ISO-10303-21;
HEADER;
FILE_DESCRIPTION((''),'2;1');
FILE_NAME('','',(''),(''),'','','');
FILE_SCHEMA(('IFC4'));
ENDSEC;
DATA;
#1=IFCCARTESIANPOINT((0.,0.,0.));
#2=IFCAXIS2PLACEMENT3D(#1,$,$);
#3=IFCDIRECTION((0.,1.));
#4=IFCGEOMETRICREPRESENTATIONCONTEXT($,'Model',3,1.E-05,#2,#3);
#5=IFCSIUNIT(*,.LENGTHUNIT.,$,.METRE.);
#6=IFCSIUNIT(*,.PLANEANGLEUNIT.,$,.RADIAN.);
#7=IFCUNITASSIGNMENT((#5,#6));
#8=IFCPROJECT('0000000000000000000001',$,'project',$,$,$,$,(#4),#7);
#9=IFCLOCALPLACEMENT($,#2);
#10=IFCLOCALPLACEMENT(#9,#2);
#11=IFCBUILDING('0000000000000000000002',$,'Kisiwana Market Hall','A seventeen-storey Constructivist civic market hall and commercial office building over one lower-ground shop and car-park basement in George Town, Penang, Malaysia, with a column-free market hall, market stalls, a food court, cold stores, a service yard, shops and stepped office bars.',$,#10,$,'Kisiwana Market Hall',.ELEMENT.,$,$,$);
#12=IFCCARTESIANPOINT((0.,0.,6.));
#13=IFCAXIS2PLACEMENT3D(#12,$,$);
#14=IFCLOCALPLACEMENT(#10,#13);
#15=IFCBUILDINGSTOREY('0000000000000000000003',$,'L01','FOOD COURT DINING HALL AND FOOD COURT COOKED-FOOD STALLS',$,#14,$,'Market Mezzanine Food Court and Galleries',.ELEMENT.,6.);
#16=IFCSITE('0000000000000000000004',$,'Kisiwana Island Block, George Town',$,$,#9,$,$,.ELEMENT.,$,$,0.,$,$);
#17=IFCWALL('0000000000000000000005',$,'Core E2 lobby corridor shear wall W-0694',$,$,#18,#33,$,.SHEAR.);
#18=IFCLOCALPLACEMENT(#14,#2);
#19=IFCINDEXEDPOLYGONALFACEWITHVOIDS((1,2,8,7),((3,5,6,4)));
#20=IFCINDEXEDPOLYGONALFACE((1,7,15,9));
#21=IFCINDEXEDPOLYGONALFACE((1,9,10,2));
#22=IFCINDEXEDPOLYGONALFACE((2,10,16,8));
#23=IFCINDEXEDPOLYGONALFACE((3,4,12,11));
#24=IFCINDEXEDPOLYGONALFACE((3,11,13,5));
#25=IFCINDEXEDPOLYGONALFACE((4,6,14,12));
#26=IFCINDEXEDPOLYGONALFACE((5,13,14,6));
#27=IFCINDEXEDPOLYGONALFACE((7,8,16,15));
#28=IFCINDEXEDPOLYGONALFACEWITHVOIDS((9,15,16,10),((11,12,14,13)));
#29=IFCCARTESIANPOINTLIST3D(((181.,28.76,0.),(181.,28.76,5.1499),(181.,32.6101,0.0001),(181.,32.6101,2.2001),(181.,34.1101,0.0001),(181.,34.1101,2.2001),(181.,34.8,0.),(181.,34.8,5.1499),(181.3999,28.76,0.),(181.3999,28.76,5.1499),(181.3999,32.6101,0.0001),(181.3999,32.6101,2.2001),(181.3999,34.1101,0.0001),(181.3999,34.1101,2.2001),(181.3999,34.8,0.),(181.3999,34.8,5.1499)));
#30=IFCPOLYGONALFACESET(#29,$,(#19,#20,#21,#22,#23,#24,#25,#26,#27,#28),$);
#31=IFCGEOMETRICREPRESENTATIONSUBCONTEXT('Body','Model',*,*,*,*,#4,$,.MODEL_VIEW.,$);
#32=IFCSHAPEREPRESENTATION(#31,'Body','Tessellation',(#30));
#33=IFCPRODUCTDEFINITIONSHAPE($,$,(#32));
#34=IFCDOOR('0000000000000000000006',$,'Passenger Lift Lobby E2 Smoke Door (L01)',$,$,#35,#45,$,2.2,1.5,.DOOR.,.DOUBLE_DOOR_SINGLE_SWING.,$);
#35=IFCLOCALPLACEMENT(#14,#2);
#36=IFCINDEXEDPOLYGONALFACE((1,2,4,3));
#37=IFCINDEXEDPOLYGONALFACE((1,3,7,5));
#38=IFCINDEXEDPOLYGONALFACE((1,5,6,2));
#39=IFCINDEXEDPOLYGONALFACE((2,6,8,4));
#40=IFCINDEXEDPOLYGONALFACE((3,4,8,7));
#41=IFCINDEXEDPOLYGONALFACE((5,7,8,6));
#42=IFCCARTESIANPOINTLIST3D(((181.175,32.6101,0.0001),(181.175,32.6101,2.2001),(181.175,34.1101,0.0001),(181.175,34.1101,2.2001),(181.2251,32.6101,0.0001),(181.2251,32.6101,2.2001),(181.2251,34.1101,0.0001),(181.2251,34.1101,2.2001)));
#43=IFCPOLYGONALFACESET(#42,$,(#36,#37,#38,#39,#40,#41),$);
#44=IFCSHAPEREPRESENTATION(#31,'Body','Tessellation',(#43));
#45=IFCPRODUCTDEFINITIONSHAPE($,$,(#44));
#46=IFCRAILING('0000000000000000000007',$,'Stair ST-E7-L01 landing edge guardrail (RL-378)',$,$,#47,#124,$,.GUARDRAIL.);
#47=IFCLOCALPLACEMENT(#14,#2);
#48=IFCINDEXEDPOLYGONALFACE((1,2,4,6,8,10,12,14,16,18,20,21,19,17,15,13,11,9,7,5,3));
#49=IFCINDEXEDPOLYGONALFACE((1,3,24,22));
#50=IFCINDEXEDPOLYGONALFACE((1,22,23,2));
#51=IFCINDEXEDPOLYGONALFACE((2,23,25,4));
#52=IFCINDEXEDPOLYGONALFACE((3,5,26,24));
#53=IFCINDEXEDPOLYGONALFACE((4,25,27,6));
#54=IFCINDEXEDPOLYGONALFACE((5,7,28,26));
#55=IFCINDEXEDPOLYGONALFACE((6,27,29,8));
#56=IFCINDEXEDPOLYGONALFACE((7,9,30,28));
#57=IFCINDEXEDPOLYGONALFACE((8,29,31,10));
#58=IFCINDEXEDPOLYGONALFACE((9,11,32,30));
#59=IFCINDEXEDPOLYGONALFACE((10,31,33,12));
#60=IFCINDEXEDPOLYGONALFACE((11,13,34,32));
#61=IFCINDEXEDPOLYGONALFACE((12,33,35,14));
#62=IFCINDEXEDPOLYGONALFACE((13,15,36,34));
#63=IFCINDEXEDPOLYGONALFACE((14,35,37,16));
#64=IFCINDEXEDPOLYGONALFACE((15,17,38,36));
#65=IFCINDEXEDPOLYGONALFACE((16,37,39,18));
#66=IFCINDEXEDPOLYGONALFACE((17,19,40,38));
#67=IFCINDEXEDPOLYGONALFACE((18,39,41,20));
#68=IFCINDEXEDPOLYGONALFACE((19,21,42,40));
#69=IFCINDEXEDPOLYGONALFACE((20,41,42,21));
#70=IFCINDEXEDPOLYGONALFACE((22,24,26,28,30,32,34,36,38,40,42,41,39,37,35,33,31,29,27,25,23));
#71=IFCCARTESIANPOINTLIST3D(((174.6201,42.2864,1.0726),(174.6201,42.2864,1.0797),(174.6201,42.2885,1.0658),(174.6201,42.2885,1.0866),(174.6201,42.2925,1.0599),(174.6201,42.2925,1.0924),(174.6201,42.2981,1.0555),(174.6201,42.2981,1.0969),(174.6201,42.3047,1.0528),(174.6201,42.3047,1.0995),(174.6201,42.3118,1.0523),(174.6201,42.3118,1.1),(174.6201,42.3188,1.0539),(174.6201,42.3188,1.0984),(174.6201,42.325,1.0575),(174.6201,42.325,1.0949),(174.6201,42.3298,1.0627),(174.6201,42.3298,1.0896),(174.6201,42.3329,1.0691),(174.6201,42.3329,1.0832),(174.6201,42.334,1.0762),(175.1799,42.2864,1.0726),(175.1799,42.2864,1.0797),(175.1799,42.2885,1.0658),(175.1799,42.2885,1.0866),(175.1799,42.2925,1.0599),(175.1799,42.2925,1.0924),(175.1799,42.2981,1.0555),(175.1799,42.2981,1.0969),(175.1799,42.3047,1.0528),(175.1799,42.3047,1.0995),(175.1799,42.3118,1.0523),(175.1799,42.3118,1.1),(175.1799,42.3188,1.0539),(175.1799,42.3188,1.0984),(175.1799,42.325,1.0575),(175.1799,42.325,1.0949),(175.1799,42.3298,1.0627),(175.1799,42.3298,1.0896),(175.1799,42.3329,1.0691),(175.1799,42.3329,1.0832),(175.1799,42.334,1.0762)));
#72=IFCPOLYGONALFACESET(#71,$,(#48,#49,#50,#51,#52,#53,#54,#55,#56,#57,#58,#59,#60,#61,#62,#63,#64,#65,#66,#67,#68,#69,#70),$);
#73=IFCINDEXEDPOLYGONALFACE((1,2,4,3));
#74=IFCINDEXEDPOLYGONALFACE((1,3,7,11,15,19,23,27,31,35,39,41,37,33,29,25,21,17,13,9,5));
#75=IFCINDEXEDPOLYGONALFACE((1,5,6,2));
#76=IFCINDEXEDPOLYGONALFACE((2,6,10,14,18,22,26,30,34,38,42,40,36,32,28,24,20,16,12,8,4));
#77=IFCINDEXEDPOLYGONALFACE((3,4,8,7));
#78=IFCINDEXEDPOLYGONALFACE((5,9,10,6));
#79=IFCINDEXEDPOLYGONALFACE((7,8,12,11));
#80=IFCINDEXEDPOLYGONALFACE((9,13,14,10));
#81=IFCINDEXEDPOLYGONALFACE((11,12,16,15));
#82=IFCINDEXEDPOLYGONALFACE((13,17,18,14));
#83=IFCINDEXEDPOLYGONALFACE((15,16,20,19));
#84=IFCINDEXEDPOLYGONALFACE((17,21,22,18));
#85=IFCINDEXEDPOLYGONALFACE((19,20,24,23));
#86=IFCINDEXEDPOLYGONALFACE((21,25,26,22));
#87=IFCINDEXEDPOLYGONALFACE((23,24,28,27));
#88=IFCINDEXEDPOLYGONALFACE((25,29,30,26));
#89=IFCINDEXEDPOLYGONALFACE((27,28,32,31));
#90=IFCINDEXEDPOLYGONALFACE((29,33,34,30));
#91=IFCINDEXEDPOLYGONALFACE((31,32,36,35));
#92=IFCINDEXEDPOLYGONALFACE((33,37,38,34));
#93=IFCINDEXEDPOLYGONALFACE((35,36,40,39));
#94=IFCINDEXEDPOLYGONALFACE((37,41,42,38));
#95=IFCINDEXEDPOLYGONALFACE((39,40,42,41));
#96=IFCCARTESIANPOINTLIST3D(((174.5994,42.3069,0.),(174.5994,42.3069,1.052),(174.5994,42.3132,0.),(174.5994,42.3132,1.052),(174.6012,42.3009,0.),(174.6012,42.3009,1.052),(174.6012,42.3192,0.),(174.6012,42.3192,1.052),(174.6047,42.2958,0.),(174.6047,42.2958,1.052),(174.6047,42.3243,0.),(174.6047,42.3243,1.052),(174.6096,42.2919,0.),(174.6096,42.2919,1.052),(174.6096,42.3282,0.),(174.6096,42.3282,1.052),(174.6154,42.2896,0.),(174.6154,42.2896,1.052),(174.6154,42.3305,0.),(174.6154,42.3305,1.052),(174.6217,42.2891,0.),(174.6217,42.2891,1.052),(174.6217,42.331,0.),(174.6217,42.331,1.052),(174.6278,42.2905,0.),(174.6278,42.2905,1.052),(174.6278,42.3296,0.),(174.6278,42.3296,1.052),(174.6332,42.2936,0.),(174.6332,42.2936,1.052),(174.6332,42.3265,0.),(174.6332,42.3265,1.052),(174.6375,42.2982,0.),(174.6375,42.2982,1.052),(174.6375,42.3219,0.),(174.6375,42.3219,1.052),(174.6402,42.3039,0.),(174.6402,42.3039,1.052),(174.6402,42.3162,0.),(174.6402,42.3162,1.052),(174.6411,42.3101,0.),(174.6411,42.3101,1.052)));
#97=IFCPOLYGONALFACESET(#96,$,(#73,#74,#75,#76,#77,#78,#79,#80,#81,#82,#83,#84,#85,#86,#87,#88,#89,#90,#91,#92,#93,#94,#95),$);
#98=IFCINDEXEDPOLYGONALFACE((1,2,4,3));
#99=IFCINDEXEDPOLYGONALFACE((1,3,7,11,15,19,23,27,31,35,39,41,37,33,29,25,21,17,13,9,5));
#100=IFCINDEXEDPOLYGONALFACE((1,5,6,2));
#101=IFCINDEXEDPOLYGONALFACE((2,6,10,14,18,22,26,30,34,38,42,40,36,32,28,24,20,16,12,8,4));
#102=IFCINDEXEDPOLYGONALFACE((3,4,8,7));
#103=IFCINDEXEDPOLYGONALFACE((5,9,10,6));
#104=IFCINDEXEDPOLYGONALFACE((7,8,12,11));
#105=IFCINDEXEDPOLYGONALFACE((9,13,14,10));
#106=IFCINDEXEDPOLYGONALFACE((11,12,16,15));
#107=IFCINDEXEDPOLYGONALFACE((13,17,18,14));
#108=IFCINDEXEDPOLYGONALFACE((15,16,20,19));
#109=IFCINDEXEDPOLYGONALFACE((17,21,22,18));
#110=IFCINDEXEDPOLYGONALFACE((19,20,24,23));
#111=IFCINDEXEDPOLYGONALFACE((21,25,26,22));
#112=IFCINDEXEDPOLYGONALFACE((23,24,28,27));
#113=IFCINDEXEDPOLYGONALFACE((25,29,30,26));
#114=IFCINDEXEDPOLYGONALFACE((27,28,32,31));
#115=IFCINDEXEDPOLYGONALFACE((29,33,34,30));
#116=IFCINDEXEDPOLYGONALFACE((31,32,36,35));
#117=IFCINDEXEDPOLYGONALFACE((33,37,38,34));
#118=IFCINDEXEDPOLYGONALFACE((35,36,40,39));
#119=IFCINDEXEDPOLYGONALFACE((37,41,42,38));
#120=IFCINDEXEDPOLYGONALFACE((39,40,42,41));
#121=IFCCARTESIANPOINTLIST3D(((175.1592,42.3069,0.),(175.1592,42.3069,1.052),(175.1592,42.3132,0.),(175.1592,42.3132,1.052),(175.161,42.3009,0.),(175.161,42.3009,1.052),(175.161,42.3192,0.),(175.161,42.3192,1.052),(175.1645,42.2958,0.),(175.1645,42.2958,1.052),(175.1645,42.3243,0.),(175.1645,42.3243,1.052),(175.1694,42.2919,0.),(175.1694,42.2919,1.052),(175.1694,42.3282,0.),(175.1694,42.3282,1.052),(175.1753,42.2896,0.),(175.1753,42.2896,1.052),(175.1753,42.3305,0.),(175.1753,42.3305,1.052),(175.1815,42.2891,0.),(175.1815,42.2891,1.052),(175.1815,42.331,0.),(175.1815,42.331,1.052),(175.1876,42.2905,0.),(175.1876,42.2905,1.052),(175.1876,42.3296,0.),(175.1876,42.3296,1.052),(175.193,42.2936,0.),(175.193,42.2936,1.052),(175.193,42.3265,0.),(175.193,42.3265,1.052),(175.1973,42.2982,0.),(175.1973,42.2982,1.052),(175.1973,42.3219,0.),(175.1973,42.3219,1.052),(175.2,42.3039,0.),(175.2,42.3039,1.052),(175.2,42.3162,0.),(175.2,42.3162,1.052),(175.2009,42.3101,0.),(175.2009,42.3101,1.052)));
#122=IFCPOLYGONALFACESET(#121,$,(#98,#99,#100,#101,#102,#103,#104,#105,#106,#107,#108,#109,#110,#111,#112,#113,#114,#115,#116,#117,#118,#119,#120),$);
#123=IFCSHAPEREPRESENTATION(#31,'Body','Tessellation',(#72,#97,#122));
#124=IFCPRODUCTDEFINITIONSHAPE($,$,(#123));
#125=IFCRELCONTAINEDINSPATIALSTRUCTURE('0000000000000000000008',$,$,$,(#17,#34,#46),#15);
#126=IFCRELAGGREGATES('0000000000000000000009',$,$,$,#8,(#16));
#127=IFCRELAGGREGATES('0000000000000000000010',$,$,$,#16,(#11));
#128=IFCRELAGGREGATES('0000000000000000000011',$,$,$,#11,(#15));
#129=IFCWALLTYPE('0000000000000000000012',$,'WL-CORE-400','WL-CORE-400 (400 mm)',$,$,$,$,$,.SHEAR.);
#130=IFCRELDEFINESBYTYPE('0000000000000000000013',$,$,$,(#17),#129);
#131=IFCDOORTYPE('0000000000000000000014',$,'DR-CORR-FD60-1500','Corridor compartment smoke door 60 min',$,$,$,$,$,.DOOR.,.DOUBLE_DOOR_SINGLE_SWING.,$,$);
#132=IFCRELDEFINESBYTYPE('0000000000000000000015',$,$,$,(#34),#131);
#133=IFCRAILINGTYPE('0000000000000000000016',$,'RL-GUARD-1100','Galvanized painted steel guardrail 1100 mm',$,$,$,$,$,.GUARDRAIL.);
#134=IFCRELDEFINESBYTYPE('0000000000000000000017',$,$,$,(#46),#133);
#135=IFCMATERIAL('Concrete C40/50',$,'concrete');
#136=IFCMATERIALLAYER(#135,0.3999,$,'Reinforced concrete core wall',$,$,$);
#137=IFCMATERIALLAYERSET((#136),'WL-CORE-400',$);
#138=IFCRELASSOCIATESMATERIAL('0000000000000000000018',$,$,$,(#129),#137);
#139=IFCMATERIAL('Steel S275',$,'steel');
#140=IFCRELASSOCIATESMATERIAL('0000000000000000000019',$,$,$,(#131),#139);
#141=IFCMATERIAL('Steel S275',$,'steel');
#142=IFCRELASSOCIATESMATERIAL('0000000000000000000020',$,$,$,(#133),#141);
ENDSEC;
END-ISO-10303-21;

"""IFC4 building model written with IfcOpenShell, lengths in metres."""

from ifc_helpers import new_model, si_unit, direction, frame, frame_2d, origin, origin_2d, place, context, subcontext, project, spatial, rectangle, circle, extrude, material, layer, layer_set, type_object, element, fill, save


model = new_model("IFC4")

# Units and contexts
model_context = context("Model", 3, precision=1e-05, world=origin(), true_north=direction((0.0, 1.0)))
body_context = subcontext(model_context, "Body", "Model", "MODEL_VIEW")
ifc_project = project(units=[si_unit("LENGTHUNIT", "METRE"), si_unit("PLANEANGLEUNIT", "RADIAN")], contexts=[model_context])

# Site, building, storey
site_placement = place(None, origin())
site = spatial("IfcSite", under=ifc_project, at=site_placement, Name="Kisiwana Island Block, George Town", CompositionType="ELEMENT", RefElevation=0.0)
building_placement = place(site_placement, origin())
building = spatial("IfcBuilding", under=site, at=building_placement, Name="Kisiwana Market Hall", Description="A seventeen-storey Constructivist civic market hall and commercial office building over one lower-ground shop and car-park basement in George Town, Penang, Malaysia, with a column-free market hall, market stalls, a food court, cold stores, a service yard, shops and stepped office bars.", LongName="Kisiwana Market Hall", CompositionType="ELEMENT")
storey_placement = place(building_placement, frame((0.0, 0.0, 6.0)))
storey = spatial("IfcBuildingStorey", under=building, at=storey_placement, Name="L01", Description="FOOD COURT DINING HALL AND FOOD COURT COOKED-FOOD STALLS", LongName="Market Mezzanine Food Court and Galleries", CompositionType="ELEMENT", Elevation=6.0)

# Shared definitions
ifc_material_1 = material(Name="Concrete C40/50", Category="concrete")
ifc_layer_1 = layer(ifc_material_1, 0.3999, Name="Reinforced concrete core wall")
ifc_layer_set_1 = layer_set([ifc_layer_1], Name="WL-CORE-400")
wall_type_1 = type_object("IfcWallType", Name="WL-CORE-400", Description="WL-CORE-400 (400 mm)", PredefinedType="SHEAR", material=ifc_layer_set_1)

# Wall, opening, door
wall_1_placement = place(storey_placement, frame((181.2, 28.76, 0.0), z_axis=(0.0, 0.0, 1.0), x_axis=(0.0, 1.0, 0.0)))
wall_1 = element("IfcWall", 1, at=wall_1_placement, inside=storey, type_object=wall_type_1, Name="Core E2 lobby corridor shear wall W-0694", PredefinedType="SHEAR", context=body_context, shape_type="SweptSolid", body=[
    extrude(rectangle(XDim=6.04, YDim=0.3999, at=frame_2d((3.02, 0.0))), origin(), (0.0, 0.0, 1.0), 5.1499),
])
opening_1_placement = place(wall_1_placement, frame((3.8501, 0.0, 0.0)))
opening_1 = element("IfcOpeningElement", 2, at=opening_1_placement, cuts=wall_1, PredefinedType="OPENING", context=body_context, shape_type="SweptSolid", body=[
    extrude(rectangle(XDim=1.5, YDim=2.2, at=frame_2d((0.75, 1.1001))), frame((0.0, 0.2119, 0.0), z_axis=(0.0, -1.0, 0.0), x_axis=(1.0, 0.0, 0.0)), (0.0, 0.0, 1.0), 0.4238),
])
ifc_material_2 = material(Name="Steel S275", Category="steel")
door_type_1 = type_object("IfcDoorType", Name="DR-CORR-FD60-1500", Description="Corridor compartment smoke door 60 min", OperationType="DOUBLE_DOOR_SINGLE_SWING", PredefinedType="DOOR", material=ifc_material_2)
door_1_placement = place(opening_1_placement, origin())
door_1 = element("IfcDoor", 3, at=door_1_placement, inside=storey, type_object=door_type_1, Name="Passenger Lift Lobby E2 Smoke Door (L01)", OperationType="DOUBLE_DOOR_SINGLE_SWING", OverallHeight=2.2, OverallWidth=1.5, PredefinedType="DOOR", context=body_context, shape_type="SweptSolid", body=[
    extrude(rectangle(XDim=1.5, YDim=2.2, at=frame_2d((0.75, 1.1001))), frame((0.0, 0.0249, 0.0), z_axis=(0.0, -1.0, 0.0), x_axis=(1.0, 0.0, 0.0)), (0.0, 0.0, 1.0), 0.05),
])
fill(opening_1, door_1)

# Railing
ifc_material_3 = material(Name="Steel S275", Category="steel")
railing_type_1 = type_object("IfcRailingType", Name="RL-GUARD-1100", Description="Galvanized painted steel guardrail 1100 mm", PredefinedType="GUARDRAIL", material=ifc_material_3)
railing_1_placement = place(storey_placement, frame((174.6201, 42.3101, 0.0)))
element("IfcRailing", 4, at=railing_1_placement, inside=storey, type_object=railing_type_1, Name="Stair ST-E7-L01 landing edge guardrail (RL-378)", PredefinedType="GUARDRAIL", context=body_context, shape_type="SweptSolid", body=[
    extrude(circle(Radius=0.0239, at=origin_2d()), frame((0.0, 0.0, 1.0762), z_axis=(1.0, 0.0, 0.0), x_axis=(0.0, 1.0, 0.0)), (0.0, 0.0, 1.0), 0.5598),
    extrude(circle(Radius=0.021, at=origin_2d()), origin(), (0.0, 0.0, 1.0), 1.052),
    extrude(circle(Radius=0.021, at=origin_2d()), frame((0.5598, 0.0, 0.0)), (0.0, 0.0, 1.0), 1.052),
])

save(model, "model.ifc")
